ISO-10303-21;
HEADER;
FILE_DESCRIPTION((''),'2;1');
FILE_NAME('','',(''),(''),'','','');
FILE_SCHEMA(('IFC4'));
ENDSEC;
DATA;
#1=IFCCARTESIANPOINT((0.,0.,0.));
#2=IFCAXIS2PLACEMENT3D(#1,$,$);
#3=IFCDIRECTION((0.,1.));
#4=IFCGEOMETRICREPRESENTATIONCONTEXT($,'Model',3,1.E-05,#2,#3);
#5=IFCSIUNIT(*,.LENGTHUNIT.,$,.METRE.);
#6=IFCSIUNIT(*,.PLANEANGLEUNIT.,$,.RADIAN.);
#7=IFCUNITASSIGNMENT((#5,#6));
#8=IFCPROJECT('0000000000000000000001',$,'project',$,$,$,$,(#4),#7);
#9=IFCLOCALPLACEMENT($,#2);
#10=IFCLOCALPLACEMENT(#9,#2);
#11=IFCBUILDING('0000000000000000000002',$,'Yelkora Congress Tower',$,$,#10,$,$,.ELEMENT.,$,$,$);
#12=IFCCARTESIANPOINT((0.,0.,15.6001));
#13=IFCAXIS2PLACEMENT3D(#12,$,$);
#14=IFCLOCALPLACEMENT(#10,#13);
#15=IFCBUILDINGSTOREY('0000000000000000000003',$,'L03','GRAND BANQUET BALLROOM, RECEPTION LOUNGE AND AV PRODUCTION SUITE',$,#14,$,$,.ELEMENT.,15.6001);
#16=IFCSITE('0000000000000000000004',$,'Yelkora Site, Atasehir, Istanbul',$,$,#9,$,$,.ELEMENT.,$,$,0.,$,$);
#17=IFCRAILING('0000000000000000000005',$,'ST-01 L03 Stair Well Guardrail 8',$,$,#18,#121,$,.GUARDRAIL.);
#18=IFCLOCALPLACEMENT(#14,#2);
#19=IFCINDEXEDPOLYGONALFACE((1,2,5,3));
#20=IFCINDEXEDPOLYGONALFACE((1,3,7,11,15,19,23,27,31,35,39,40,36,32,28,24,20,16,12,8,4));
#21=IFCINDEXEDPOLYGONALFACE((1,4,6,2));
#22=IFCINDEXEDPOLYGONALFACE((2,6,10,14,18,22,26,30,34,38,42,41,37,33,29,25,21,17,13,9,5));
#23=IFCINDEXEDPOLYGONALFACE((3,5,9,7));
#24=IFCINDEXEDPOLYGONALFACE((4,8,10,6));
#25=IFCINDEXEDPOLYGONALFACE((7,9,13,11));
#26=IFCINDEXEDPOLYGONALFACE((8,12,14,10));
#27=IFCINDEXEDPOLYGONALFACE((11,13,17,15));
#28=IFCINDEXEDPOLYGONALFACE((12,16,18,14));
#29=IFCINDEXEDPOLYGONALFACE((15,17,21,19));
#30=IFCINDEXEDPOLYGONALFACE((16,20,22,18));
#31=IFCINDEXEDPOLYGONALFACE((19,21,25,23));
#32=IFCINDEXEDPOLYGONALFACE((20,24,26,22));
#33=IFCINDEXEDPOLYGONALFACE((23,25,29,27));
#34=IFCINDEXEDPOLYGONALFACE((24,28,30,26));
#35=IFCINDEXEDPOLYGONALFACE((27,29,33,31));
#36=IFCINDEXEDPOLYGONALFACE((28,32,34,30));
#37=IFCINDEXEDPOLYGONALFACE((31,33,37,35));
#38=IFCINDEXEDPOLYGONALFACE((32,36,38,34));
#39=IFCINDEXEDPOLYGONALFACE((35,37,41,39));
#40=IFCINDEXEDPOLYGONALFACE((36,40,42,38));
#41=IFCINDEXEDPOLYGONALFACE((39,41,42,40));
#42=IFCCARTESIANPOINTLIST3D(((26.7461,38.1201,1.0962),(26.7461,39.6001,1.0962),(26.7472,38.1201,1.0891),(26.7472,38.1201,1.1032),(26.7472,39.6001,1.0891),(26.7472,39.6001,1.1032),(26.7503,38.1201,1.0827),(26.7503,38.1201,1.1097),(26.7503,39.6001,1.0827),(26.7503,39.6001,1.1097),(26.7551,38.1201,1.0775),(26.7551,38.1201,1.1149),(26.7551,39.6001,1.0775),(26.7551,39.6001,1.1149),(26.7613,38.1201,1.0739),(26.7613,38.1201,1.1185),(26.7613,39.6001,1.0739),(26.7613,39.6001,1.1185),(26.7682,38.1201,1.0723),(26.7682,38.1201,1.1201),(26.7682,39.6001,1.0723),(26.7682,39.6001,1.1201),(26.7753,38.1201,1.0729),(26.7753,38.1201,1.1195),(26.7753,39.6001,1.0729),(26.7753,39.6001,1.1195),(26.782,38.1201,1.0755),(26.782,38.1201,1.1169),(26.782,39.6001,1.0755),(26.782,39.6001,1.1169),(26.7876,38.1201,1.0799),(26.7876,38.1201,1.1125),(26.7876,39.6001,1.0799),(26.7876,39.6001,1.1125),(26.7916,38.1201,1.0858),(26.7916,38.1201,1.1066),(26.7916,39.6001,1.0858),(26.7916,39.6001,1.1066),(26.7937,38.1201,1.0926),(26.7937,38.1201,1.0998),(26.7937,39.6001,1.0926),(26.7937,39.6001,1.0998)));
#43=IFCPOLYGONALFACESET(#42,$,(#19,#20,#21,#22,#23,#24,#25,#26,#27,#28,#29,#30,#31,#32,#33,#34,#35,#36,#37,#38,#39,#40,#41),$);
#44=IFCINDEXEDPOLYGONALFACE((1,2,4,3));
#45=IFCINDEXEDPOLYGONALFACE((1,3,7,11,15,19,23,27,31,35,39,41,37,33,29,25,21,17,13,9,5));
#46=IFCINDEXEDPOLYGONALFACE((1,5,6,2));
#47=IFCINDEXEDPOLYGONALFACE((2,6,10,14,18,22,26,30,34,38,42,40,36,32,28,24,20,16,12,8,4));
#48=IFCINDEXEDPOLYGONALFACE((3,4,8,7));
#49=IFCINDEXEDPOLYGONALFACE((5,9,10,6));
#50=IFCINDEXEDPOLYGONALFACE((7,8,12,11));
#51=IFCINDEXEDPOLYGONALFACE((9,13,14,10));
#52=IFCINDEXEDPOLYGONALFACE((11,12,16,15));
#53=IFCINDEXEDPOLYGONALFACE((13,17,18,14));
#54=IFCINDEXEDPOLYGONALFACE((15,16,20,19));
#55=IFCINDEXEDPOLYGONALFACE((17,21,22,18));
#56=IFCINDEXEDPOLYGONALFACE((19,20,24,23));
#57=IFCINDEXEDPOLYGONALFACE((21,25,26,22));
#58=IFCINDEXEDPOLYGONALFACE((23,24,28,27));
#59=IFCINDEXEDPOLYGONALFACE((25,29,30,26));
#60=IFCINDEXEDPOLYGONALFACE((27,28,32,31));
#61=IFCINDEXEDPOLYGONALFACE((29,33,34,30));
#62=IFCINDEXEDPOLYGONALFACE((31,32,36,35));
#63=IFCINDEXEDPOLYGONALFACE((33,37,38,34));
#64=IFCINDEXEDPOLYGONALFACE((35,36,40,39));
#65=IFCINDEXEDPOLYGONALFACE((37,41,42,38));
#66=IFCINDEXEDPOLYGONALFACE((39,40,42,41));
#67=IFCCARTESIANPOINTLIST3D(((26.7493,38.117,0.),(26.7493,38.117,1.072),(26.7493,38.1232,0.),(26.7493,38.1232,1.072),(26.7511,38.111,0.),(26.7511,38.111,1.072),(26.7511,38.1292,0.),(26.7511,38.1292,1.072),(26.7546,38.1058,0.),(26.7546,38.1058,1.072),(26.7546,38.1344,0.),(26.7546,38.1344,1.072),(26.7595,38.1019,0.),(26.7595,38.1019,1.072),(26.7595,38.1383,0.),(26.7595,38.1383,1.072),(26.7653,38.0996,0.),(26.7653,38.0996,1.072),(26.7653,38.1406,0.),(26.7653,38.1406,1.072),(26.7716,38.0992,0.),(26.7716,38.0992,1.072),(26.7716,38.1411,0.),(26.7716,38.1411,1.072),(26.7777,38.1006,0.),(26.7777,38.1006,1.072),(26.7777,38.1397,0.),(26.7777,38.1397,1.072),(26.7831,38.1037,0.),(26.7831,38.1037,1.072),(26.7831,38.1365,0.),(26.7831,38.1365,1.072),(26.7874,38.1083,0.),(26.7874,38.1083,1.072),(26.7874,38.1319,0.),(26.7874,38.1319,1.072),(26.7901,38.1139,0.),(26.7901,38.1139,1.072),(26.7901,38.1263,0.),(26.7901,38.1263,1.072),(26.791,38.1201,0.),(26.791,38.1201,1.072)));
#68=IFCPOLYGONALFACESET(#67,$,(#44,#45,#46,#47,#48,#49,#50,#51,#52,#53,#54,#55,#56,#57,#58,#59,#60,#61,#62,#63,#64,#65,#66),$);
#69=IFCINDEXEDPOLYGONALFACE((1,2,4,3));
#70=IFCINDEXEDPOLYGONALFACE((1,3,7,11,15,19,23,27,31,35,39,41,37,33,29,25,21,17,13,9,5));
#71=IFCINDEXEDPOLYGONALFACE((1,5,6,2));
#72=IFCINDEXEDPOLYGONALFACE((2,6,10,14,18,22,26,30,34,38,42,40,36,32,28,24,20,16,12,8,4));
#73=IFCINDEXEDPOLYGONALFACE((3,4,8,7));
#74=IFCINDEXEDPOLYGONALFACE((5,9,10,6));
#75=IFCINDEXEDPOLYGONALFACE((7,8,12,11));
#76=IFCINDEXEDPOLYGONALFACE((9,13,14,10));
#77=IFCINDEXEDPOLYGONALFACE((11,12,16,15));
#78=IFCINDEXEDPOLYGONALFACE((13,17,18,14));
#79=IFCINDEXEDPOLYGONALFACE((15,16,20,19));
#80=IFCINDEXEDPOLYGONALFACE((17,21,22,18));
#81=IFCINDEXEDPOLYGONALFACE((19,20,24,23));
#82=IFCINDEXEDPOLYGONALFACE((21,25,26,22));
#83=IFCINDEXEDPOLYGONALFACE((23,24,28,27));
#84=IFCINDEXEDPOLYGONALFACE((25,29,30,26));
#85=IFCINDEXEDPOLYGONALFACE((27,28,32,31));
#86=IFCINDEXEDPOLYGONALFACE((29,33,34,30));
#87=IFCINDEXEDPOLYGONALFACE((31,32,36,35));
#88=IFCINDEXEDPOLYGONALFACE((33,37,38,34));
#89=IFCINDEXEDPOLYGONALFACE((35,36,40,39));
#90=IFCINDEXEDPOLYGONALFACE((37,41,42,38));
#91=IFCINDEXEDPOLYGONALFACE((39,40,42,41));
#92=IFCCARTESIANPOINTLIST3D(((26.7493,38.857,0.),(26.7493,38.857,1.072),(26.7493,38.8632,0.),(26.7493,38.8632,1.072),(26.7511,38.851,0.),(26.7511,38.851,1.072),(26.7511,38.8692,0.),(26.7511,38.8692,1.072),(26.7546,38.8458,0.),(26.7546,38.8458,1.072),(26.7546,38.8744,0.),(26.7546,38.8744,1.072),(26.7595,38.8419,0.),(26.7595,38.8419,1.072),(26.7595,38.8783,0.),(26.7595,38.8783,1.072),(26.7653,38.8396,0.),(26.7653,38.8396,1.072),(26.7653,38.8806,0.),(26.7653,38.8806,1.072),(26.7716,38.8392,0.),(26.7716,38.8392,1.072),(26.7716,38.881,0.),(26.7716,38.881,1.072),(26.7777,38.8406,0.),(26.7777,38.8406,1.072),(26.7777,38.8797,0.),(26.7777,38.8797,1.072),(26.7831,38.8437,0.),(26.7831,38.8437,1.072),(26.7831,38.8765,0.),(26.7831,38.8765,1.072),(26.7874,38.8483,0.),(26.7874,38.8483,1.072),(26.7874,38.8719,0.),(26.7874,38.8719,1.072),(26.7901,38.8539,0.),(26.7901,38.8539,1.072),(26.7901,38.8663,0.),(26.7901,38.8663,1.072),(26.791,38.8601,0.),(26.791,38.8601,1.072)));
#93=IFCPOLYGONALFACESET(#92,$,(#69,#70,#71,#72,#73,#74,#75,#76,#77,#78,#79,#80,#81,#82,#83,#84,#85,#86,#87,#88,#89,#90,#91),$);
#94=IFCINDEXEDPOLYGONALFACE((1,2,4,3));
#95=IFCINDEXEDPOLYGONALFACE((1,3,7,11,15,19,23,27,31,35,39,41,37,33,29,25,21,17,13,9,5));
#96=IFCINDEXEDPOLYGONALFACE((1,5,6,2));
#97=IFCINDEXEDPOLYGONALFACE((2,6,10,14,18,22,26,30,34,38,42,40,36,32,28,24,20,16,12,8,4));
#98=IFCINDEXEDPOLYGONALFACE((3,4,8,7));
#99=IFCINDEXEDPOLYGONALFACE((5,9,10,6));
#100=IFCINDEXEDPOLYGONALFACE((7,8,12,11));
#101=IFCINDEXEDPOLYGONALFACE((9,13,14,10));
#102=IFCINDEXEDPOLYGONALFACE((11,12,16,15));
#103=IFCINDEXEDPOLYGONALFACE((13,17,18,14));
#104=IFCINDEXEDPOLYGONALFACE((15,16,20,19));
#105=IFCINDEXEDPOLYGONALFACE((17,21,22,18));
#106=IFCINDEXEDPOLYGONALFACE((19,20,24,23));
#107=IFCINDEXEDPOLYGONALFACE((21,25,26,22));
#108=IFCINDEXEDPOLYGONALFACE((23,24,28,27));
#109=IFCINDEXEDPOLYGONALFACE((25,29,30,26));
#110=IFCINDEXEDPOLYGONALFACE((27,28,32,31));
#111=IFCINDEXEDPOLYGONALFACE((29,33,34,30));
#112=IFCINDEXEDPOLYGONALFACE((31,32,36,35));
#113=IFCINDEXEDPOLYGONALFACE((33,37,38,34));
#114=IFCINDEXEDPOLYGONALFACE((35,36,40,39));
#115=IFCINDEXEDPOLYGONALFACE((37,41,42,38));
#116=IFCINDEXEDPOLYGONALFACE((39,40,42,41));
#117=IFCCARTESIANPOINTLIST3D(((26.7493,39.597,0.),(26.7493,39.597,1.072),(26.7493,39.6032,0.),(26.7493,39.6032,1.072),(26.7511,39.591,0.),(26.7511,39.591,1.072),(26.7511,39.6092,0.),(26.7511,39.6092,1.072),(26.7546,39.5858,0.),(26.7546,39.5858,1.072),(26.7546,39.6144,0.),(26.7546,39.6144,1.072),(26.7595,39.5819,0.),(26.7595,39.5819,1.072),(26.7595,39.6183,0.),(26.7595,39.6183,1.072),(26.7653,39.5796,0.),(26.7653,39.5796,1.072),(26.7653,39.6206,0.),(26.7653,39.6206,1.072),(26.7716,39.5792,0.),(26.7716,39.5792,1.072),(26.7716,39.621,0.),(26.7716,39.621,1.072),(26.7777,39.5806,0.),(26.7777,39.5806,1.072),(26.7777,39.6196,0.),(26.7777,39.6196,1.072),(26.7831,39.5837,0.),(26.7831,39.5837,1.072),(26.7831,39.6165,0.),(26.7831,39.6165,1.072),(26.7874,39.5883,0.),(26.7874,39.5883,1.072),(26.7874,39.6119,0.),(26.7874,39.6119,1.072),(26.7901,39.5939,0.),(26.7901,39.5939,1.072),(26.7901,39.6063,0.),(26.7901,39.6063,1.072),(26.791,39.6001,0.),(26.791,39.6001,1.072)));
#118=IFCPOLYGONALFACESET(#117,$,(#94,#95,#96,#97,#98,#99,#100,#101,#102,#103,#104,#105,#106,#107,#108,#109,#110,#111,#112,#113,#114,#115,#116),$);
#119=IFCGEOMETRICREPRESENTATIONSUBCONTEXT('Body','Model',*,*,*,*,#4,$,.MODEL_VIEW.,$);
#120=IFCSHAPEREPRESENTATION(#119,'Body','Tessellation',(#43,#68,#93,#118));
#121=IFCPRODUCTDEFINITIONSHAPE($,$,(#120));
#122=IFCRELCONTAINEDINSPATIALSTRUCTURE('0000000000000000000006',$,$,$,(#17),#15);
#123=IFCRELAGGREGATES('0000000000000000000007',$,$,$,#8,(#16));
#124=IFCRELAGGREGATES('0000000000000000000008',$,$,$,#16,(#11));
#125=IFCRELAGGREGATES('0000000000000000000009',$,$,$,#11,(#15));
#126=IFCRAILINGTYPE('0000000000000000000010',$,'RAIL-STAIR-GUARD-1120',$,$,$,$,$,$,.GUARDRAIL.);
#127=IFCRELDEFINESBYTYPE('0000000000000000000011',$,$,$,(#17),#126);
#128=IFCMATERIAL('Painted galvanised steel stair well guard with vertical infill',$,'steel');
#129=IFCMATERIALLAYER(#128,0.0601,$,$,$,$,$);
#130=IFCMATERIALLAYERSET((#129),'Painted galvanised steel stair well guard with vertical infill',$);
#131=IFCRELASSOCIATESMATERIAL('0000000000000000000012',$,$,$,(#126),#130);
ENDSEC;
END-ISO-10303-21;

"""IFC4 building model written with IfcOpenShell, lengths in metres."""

from ifc_helpers import new_model, si_unit, direction, frame, origin, origin_2d, place, context, subcontext, project, spatial, circle, extrude, material, layer, layer_set, type_object, element, save


model = new_model("IFC4")

# Units and contexts
model_context = context("Model", 3, precision=1e-05, world=origin(), true_north=direction((0.0, 1.0)))
body_context = subcontext(model_context, "Body", "Model", "MODEL_VIEW")
ifc_project = project(units=[si_unit("LENGTHUNIT", "METRE"), si_unit("PLANEANGLEUNIT", "RADIAN")], contexts=[model_context])

# Site, building, storey
site_placement = place(None, origin())
site = spatial("IfcSite", under=ifc_project, at=site_placement, Name="Yelkora Site, Atasehir, Istanbul", CompositionType="ELEMENT", RefElevation=0.0)
building_placement = place(site_placement, origin())
building = spatial("IfcBuilding", under=site, at=building_placement, Name="Yelkora Congress Tower", CompositionType="ELEMENT")
storey_placement = place(building_placement, frame((0.0, 0.0, 15.6001)))
storey = spatial("IfcBuildingStorey", under=building, at=storey_placement, Name="L03", Description="GRAND BANQUET BALLROOM, RECEPTION LOUNGE AND AV PRODUCTION SUITE", CompositionType="ELEMENT", Elevation=15.6001)

# Railing
ifc_material_1 = material(Name="Painted galvanised steel stair well guard with vertical infill", Category="steel")
ifc_layer_1 = layer(ifc_material_1, 0.0601)
ifc_layer_set_1 = layer_set([ifc_layer_1], Name="Painted galvanised steel stair well guard with vertical infill")
railing_type = type_object("IfcRailingType", Name="RAIL-STAIR-GUARD-1120", PredefinedType="GUARDRAIL", material=ifc_layer_set_1)
for number, where, name in (
    (1, (26.77, 38.1201, 0.0), "ST-01 L03 Stair Well Guardrail 8"),
):
    element("IfcRailing", number, at=place(storey_placement, frame(where)), inside=storey, type_object=railing_type, Name=name, PredefinedType="GUARDRAIL", context=body_context, shape_type="SweptSolid", body=[
        extrude(circle(Radius=0.0239, at=origin_2d()), frame((0.0, 0.0, 1.0962), z_axis=(0.0, 1.0, 0.0), x_axis=(-1.0, 0.0, 0.0)), (0.0, 0.0, 1.0), 1.48),
        extrude(circle(Radius=0.021, at=origin_2d()), origin(), (0.0, 0.0, 1.0), 1.072),
        extrude(circle(Radius=0.021, at=origin_2d()), frame((0.0, 0.74, 0.0)), (0.0, 0.0, 1.0), 1.072),
        extrude(circle(Radius=0.021, at=origin_2d()), frame((0.0, 1.48, 0.0)), (0.0, 0.0, 1.0), 1.072),
    ])

save(model, "model.ifc")
